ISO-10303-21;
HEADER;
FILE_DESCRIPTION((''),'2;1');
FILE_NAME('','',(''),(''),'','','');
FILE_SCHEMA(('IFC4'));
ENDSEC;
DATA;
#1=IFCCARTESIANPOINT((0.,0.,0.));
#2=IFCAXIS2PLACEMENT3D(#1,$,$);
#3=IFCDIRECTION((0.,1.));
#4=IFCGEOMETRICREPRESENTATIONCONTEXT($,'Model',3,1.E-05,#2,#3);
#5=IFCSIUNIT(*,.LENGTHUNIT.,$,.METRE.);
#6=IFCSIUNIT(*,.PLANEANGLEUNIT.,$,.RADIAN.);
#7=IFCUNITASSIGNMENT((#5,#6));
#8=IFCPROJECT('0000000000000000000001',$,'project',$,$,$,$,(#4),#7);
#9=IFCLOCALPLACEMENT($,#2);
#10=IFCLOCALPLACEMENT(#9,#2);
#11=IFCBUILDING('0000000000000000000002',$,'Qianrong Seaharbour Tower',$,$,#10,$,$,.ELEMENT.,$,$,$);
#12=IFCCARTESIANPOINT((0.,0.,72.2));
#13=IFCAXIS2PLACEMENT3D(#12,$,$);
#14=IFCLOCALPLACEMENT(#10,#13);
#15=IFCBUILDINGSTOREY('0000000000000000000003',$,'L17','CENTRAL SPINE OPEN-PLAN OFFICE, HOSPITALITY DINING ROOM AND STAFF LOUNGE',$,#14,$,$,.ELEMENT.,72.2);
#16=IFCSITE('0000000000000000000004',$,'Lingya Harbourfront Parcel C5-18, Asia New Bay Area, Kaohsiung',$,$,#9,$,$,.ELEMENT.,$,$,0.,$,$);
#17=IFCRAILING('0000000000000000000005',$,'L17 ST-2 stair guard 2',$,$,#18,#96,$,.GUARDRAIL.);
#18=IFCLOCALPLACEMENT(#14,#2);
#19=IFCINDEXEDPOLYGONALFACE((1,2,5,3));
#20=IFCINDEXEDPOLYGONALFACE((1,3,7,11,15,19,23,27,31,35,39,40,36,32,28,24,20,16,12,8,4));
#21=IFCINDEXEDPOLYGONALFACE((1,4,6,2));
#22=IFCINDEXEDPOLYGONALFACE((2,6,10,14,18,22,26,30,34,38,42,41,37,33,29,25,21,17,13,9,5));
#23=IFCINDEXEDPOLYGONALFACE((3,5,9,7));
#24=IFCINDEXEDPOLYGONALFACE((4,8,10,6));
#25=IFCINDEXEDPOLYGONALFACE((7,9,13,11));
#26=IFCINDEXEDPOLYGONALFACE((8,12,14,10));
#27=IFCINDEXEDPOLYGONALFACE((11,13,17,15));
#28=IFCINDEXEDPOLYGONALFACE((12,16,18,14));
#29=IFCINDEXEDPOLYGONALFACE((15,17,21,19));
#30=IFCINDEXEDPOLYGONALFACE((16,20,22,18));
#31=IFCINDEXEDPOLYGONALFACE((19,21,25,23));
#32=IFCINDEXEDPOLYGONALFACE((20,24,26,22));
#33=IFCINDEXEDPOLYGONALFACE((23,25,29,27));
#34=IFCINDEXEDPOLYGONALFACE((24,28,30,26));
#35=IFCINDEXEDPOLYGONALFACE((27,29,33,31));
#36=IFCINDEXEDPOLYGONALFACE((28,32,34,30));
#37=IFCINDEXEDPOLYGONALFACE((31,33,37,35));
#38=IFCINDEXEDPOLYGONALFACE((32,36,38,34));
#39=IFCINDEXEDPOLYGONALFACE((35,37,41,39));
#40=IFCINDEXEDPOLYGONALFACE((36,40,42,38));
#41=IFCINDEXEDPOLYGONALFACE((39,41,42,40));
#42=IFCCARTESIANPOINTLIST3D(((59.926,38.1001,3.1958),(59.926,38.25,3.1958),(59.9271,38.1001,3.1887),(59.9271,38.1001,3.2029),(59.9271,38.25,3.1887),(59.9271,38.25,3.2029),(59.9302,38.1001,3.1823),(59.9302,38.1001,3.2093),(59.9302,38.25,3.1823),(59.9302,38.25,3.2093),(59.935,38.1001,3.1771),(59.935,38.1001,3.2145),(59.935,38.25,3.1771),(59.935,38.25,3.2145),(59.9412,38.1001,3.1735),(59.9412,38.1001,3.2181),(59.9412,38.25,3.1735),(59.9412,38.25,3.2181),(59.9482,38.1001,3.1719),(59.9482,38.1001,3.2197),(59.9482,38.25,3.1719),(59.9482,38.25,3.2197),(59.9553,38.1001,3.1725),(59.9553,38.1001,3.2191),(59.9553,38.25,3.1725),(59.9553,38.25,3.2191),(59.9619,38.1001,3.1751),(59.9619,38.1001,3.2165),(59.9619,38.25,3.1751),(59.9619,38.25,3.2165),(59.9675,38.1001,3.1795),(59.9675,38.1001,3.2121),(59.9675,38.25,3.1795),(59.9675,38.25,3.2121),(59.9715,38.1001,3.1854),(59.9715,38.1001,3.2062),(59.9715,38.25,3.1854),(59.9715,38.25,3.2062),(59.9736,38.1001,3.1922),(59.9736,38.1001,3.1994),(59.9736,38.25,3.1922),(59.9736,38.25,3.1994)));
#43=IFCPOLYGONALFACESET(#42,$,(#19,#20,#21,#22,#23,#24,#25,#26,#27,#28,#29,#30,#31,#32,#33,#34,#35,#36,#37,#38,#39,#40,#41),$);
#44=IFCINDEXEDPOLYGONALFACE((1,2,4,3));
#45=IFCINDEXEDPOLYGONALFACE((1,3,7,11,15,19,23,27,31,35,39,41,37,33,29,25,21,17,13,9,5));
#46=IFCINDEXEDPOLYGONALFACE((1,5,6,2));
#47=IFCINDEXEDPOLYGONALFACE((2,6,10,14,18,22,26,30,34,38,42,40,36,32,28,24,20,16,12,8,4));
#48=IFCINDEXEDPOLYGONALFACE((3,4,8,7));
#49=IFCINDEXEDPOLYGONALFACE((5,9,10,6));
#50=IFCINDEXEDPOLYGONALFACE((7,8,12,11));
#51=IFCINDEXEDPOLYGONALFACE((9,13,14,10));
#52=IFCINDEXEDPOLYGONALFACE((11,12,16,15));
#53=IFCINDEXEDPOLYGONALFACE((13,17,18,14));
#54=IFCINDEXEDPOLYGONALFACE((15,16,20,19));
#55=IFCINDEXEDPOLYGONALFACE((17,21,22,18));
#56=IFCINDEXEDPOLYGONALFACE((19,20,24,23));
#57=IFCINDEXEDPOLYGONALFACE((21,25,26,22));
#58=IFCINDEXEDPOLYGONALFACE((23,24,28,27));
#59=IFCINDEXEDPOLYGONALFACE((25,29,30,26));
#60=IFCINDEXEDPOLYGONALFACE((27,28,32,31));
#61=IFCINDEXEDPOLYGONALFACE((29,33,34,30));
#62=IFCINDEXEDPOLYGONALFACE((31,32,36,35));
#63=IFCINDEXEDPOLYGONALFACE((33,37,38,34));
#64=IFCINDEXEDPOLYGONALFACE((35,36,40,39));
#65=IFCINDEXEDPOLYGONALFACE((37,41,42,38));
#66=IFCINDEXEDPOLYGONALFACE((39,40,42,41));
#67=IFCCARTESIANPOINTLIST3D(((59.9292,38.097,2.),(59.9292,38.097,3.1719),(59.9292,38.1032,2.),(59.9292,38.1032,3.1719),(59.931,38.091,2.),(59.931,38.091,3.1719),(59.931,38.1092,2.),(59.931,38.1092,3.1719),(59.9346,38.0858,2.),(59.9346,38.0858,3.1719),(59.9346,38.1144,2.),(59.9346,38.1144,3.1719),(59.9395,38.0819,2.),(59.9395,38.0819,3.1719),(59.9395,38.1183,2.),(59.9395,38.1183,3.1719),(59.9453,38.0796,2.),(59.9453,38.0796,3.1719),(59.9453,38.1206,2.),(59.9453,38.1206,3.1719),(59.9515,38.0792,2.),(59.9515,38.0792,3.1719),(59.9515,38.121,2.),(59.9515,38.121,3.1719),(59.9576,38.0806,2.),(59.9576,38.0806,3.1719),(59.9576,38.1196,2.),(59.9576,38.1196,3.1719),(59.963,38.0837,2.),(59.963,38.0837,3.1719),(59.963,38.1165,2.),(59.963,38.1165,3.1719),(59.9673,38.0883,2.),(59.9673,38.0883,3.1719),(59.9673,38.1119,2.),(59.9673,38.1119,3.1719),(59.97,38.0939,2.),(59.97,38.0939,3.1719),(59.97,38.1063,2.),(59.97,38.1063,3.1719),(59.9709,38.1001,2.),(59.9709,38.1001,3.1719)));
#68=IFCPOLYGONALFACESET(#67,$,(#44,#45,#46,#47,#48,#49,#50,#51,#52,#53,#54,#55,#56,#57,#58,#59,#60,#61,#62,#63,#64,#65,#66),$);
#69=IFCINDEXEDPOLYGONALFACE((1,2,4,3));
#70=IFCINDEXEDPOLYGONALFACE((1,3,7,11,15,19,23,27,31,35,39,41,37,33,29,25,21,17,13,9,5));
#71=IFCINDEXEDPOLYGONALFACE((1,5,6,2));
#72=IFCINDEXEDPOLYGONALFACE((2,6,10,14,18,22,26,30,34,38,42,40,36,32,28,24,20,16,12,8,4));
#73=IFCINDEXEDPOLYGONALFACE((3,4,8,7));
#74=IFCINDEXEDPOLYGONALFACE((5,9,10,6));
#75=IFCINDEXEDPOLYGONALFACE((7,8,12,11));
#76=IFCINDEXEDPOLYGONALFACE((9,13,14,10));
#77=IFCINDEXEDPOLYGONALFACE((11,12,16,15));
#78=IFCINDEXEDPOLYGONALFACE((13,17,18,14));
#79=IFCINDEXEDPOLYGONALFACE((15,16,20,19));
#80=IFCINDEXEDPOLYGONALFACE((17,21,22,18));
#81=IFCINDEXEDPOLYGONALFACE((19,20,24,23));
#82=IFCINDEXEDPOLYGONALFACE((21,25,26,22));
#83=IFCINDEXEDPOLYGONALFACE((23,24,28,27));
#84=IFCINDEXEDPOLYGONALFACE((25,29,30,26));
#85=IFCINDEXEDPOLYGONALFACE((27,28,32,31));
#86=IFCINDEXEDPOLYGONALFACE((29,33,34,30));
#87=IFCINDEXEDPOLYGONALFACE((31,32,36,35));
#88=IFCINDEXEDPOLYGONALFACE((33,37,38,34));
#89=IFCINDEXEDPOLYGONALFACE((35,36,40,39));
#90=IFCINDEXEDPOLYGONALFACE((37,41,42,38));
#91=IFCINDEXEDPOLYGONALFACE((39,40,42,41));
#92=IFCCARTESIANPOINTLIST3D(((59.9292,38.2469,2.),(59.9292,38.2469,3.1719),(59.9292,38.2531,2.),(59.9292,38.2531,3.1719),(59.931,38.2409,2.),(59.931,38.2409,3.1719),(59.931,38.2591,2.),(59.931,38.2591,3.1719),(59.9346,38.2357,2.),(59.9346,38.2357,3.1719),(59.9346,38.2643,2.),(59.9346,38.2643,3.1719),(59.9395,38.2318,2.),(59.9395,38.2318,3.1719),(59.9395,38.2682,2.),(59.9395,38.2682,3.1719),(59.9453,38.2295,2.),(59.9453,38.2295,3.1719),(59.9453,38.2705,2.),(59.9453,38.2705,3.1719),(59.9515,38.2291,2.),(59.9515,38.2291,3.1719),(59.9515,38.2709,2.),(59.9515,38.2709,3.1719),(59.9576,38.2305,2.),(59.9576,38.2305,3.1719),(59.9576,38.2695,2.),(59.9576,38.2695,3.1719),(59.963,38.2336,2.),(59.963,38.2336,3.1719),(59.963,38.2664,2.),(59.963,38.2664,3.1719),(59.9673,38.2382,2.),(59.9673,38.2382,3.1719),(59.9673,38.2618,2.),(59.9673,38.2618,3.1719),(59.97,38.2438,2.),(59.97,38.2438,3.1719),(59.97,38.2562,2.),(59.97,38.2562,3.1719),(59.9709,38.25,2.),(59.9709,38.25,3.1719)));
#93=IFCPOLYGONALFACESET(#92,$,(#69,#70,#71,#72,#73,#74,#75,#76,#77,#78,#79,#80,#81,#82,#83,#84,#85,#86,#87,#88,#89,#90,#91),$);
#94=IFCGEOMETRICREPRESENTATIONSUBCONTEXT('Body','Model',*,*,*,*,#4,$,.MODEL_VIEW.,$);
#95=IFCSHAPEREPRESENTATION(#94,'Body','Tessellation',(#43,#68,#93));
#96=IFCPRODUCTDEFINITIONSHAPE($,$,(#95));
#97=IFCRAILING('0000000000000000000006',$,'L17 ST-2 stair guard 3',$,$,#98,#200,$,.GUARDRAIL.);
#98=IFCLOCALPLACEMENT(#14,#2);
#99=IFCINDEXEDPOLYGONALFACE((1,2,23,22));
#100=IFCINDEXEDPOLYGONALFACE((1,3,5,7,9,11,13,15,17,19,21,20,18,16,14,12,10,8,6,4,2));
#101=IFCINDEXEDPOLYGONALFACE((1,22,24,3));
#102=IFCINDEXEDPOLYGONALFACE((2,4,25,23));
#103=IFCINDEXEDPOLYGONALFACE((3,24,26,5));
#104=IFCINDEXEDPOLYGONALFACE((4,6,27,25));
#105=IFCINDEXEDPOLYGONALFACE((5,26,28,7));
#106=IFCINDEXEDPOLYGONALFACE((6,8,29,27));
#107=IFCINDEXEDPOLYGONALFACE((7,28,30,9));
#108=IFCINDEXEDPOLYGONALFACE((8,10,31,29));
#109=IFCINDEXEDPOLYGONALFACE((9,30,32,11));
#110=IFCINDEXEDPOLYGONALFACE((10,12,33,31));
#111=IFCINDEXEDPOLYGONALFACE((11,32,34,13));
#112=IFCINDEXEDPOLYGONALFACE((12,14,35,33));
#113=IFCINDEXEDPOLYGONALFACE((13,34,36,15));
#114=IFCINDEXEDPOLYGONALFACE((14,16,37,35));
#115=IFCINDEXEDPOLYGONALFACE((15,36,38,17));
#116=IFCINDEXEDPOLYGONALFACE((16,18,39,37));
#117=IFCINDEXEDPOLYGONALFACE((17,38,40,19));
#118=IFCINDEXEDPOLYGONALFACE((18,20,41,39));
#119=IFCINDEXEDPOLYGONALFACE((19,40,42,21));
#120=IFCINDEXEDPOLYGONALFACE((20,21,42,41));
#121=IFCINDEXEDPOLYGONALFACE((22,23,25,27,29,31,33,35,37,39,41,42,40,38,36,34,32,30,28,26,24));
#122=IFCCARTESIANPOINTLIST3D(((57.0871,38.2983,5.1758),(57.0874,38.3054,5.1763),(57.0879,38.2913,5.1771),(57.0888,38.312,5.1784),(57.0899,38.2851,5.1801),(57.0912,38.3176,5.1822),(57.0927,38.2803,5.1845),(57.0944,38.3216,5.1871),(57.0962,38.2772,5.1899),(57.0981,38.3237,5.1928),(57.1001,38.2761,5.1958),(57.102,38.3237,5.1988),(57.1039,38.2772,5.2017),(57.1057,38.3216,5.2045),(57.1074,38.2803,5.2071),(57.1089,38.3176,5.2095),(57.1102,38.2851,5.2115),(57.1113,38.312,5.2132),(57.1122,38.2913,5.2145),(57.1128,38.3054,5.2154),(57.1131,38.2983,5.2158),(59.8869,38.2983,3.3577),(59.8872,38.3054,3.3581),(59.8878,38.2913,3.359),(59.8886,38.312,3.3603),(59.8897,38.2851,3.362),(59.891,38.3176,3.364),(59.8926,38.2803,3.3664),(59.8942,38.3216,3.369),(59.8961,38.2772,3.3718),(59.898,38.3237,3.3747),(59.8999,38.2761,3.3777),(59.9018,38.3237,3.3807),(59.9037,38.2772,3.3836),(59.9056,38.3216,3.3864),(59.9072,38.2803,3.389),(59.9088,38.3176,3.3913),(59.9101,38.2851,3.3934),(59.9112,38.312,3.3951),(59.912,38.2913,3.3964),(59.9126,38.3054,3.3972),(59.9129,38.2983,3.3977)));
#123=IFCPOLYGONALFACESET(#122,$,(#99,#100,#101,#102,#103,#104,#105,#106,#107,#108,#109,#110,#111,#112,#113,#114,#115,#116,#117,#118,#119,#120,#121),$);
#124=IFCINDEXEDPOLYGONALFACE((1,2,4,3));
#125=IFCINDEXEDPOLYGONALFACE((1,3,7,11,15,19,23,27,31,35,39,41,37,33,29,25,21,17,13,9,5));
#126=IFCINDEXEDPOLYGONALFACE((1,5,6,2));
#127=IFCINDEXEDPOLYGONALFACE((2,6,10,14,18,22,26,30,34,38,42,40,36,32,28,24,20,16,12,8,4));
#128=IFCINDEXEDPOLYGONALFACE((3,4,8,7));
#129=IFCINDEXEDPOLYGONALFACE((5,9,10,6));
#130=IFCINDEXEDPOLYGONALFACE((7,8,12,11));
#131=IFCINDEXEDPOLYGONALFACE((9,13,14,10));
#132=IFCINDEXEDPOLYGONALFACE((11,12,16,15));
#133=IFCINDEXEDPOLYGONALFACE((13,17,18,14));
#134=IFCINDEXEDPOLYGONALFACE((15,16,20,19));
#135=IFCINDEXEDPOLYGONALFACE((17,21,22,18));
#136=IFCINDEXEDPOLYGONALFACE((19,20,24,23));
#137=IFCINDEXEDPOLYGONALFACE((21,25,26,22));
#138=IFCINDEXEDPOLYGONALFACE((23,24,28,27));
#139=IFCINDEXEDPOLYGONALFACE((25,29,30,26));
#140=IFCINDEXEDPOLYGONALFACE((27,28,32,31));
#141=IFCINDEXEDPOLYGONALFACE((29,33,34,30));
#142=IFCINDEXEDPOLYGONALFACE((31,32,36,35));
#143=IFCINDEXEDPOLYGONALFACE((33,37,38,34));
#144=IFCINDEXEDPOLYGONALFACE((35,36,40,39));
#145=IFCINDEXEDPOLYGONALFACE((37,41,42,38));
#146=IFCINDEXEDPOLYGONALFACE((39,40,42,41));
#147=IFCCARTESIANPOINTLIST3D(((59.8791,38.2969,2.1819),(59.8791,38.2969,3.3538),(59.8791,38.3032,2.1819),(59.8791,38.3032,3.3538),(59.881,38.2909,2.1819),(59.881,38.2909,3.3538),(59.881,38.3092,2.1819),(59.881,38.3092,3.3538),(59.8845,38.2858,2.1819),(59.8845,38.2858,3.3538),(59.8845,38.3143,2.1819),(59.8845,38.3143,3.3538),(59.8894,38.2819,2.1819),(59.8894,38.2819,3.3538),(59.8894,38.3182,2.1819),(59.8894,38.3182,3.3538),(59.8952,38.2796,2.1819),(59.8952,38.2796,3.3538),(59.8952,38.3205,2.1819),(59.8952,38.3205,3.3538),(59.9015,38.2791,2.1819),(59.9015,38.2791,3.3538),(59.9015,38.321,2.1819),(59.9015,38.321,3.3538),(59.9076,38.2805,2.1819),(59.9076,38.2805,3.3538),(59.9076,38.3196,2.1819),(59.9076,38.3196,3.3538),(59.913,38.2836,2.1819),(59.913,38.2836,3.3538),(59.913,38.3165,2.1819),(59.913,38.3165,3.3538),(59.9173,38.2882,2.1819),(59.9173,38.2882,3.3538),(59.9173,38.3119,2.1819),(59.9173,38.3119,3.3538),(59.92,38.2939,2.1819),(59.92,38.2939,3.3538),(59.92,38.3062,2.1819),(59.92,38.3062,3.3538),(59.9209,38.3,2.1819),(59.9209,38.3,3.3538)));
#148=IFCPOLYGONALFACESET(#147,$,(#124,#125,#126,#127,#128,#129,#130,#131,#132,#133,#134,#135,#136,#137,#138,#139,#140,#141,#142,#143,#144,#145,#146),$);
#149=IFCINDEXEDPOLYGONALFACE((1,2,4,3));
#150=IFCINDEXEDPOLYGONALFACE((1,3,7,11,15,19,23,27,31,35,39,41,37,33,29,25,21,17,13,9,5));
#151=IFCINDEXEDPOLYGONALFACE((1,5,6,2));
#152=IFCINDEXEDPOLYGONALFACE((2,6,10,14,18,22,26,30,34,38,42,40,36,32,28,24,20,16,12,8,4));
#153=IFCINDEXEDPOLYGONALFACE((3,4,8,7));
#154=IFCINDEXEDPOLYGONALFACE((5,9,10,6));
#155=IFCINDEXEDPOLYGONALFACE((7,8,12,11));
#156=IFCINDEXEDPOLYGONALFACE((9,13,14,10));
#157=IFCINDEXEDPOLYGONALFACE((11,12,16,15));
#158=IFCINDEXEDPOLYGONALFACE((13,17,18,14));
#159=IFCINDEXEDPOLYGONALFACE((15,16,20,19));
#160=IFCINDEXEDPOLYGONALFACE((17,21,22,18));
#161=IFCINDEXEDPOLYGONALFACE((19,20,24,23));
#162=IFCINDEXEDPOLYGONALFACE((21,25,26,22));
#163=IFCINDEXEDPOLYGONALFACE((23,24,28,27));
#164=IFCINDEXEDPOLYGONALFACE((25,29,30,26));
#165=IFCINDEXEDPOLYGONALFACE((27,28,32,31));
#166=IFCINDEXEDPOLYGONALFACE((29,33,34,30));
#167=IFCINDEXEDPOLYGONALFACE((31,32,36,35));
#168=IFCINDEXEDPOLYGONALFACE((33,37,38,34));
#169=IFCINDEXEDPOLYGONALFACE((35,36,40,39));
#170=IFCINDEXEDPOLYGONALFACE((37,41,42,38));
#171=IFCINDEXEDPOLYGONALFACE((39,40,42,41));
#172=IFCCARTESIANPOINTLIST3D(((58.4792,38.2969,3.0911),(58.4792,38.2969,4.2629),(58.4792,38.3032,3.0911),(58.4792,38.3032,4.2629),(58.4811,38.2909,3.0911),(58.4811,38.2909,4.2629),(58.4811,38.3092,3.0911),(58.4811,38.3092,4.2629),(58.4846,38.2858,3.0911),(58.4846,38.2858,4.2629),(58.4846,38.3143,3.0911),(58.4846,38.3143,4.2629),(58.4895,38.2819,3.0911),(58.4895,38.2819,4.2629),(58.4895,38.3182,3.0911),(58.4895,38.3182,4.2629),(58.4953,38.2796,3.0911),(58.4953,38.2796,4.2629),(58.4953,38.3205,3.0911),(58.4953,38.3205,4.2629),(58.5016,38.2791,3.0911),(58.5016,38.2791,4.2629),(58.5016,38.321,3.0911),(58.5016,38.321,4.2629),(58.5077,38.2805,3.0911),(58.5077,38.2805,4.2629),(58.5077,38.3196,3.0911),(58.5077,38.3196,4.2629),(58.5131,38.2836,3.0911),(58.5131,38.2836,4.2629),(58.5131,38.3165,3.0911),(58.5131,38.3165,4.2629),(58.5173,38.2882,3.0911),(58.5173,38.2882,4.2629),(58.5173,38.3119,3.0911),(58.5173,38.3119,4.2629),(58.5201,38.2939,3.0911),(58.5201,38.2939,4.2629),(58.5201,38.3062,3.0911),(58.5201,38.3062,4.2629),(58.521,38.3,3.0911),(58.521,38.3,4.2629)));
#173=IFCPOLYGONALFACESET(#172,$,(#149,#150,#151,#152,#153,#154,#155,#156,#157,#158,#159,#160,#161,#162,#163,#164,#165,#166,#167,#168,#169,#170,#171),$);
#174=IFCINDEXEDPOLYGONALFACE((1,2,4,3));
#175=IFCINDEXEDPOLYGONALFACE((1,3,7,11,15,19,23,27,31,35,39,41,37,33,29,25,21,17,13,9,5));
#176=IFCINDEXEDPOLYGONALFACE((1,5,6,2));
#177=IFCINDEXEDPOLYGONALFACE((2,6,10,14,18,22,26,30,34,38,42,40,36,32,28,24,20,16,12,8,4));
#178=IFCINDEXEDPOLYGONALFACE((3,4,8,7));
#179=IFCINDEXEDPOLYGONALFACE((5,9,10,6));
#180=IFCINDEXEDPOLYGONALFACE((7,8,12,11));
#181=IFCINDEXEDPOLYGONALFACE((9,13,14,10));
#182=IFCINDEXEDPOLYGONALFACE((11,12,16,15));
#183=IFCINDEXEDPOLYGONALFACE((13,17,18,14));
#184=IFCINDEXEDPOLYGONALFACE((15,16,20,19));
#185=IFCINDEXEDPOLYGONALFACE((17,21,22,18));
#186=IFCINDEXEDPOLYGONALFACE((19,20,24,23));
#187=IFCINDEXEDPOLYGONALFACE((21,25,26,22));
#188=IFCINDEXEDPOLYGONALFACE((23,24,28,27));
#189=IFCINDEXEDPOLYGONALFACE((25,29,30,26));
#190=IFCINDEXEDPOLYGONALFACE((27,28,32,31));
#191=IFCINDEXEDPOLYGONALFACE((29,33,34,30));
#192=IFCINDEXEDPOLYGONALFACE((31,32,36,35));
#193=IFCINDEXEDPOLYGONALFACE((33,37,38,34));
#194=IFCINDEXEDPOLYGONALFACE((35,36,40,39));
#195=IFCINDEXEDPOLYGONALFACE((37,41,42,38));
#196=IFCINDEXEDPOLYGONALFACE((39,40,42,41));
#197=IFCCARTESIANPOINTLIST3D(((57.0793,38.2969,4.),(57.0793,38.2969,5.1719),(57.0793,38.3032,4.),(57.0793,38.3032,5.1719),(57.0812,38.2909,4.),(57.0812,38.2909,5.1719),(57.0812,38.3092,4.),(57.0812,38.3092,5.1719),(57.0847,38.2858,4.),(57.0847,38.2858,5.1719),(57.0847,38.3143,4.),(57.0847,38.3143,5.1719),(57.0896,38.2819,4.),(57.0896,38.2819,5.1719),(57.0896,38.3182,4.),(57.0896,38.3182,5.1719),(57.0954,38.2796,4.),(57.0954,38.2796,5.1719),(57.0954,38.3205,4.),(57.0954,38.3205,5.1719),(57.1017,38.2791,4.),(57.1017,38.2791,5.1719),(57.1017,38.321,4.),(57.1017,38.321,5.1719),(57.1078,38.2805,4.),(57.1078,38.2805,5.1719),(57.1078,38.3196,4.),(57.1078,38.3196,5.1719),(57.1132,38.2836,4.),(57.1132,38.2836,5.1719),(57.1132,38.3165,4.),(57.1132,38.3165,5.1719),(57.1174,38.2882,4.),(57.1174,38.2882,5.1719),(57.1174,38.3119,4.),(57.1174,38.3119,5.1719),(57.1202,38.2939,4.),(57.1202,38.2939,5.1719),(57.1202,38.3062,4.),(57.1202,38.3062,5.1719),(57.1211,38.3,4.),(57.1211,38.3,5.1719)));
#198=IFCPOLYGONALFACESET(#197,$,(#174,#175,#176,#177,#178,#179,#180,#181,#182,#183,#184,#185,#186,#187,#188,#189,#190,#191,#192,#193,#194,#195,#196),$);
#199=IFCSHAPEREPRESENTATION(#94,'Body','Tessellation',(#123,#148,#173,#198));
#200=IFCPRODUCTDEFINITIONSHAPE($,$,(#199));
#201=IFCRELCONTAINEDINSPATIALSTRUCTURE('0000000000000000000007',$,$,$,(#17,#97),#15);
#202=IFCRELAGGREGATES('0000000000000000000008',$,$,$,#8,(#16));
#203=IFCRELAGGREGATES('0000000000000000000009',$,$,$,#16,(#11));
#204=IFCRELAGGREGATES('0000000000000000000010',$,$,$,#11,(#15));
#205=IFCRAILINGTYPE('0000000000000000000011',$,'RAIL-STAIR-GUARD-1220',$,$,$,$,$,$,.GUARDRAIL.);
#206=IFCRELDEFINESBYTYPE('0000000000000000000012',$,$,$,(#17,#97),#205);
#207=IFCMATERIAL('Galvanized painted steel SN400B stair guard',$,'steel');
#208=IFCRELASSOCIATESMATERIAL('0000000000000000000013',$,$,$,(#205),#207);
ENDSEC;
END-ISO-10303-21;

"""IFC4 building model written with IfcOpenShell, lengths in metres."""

from ifc_helpers import new_model, si_unit, direction, frame, origin, origin_2d, place, context, subcontext, project, spatial, circle, extrude, material, type_object, element, save


model = new_model("IFC4")

# Units and contexts
model_context = context("Model", 3, precision=1e-05, world=origin(), true_north=direction((0.0, 1.0)))
body_context = subcontext(model_context, "Body", "Model", "MODEL_VIEW")
ifc_project = project(units=[si_unit("LENGTHUNIT", "METRE"), si_unit("PLANEANGLEUNIT", "RADIAN")], contexts=[model_context])

# Site, building, storey
site_placement = place(None, origin())
site = spatial("IfcSite", under=ifc_project, at=site_placement, Name="Lingya Harbourfront Parcel C5-18, Asia New Bay Area, Kaohsiung", CompositionType="ELEMENT", RefElevation=0.0)
building_placement = place(site_placement, origin())
building = spatial("IfcBuilding", under=site, at=building_placement, Name="Qianrong Seaharbour Tower", CompositionType="ELEMENT")
storey_placement = place(building_placement, frame((0.0, 0.0, 72.2)))
storey = spatial("IfcBuildingStorey", under=building, at=storey_placement, Name="L17", Description="CENTRAL SPINE OPEN-PLAN OFFICE, HOSPITALITY DINING ROOM AND STAFF LOUNGE", CompositionType="ELEMENT", Elevation=72.2)

# Railings
ifc_material_1 = material(Name="Galvanized painted steel SN400B stair guard", Category="steel")
railing_type_1 = type_object("IfcRailingType", Name="RAIL-STAIR-GUARD-1220", PredefinedType="GUARDRAIL", material=ifc_material_1)
railing_1_placement = place(storey_placement, frame((59.95, 38.1001, 2.0)))
element("IfcRailing", 1, at=railing_1_placement, inside=storey, type_object=railing_type_1, Name="L17 ST-2 stair guard 2", PredefinedType="GUARDRAIL", context=body_context, shape_type="SweptSolid", body=[
    extrude(circle(Radius=0.0239, at=origin_2d()), frame((0.0, 0.0, 1.1958), z_axis=(0.0, 1.0, 0.0), x_axis=(-1.0, 0.0, 0.0)), (0.0, 0.0, 1.0), 0.1499),
    extrude(circle(Radius=0.021, at=origin_2d()), origin(), (0.0, 0.0, 1.0), 1.1719),
    extrude(circle(Radius=0.021, at=origin_2d()), frame((0.0, 0.1499, 0.0)), (0.0, 0.0, 1.0), 1.1719),
])
railing_2_placement = place(storey_placement, frame((59.8999, 38.3, 2.1819)))
element("IfcRailing", 2, at=railing_2_placement, inside=storey, type_object=railing_type_1, Name="L17 ST-2 stair guard 3", PredefinedType="GUARDRAIL", context=body_context, shape_type="SweptSolid", body=[
    extrude(circle(Radius=0.0239, at=origin_2d()), frame((0.0, 0.0, 1.1958), z_axis=(-0.838684, 0.0, 0.544618), x_axis=(0.0, -1.0, 0.0)), (0.0, 0.0, 1.0), 3.3384),
    extrude(circle(Radius=0.021, at=origin_2d()), origin(), (0.0, 0.0, 1.0), 1.1719),
    extrude(circle(Radius=0.021, at=origin_2d()), frame((-1.3999, 0.0, 0.9092)), (0.0, 0.0, 1.0), 1.1719),
    extrude(circle(Radius=0.021, at=origin_2d()), frame((-2.7998, 0.0, 1.8181)), (0.0, 0.0, 1.0), 1.1719),
])

save(model, "model.ifc")
